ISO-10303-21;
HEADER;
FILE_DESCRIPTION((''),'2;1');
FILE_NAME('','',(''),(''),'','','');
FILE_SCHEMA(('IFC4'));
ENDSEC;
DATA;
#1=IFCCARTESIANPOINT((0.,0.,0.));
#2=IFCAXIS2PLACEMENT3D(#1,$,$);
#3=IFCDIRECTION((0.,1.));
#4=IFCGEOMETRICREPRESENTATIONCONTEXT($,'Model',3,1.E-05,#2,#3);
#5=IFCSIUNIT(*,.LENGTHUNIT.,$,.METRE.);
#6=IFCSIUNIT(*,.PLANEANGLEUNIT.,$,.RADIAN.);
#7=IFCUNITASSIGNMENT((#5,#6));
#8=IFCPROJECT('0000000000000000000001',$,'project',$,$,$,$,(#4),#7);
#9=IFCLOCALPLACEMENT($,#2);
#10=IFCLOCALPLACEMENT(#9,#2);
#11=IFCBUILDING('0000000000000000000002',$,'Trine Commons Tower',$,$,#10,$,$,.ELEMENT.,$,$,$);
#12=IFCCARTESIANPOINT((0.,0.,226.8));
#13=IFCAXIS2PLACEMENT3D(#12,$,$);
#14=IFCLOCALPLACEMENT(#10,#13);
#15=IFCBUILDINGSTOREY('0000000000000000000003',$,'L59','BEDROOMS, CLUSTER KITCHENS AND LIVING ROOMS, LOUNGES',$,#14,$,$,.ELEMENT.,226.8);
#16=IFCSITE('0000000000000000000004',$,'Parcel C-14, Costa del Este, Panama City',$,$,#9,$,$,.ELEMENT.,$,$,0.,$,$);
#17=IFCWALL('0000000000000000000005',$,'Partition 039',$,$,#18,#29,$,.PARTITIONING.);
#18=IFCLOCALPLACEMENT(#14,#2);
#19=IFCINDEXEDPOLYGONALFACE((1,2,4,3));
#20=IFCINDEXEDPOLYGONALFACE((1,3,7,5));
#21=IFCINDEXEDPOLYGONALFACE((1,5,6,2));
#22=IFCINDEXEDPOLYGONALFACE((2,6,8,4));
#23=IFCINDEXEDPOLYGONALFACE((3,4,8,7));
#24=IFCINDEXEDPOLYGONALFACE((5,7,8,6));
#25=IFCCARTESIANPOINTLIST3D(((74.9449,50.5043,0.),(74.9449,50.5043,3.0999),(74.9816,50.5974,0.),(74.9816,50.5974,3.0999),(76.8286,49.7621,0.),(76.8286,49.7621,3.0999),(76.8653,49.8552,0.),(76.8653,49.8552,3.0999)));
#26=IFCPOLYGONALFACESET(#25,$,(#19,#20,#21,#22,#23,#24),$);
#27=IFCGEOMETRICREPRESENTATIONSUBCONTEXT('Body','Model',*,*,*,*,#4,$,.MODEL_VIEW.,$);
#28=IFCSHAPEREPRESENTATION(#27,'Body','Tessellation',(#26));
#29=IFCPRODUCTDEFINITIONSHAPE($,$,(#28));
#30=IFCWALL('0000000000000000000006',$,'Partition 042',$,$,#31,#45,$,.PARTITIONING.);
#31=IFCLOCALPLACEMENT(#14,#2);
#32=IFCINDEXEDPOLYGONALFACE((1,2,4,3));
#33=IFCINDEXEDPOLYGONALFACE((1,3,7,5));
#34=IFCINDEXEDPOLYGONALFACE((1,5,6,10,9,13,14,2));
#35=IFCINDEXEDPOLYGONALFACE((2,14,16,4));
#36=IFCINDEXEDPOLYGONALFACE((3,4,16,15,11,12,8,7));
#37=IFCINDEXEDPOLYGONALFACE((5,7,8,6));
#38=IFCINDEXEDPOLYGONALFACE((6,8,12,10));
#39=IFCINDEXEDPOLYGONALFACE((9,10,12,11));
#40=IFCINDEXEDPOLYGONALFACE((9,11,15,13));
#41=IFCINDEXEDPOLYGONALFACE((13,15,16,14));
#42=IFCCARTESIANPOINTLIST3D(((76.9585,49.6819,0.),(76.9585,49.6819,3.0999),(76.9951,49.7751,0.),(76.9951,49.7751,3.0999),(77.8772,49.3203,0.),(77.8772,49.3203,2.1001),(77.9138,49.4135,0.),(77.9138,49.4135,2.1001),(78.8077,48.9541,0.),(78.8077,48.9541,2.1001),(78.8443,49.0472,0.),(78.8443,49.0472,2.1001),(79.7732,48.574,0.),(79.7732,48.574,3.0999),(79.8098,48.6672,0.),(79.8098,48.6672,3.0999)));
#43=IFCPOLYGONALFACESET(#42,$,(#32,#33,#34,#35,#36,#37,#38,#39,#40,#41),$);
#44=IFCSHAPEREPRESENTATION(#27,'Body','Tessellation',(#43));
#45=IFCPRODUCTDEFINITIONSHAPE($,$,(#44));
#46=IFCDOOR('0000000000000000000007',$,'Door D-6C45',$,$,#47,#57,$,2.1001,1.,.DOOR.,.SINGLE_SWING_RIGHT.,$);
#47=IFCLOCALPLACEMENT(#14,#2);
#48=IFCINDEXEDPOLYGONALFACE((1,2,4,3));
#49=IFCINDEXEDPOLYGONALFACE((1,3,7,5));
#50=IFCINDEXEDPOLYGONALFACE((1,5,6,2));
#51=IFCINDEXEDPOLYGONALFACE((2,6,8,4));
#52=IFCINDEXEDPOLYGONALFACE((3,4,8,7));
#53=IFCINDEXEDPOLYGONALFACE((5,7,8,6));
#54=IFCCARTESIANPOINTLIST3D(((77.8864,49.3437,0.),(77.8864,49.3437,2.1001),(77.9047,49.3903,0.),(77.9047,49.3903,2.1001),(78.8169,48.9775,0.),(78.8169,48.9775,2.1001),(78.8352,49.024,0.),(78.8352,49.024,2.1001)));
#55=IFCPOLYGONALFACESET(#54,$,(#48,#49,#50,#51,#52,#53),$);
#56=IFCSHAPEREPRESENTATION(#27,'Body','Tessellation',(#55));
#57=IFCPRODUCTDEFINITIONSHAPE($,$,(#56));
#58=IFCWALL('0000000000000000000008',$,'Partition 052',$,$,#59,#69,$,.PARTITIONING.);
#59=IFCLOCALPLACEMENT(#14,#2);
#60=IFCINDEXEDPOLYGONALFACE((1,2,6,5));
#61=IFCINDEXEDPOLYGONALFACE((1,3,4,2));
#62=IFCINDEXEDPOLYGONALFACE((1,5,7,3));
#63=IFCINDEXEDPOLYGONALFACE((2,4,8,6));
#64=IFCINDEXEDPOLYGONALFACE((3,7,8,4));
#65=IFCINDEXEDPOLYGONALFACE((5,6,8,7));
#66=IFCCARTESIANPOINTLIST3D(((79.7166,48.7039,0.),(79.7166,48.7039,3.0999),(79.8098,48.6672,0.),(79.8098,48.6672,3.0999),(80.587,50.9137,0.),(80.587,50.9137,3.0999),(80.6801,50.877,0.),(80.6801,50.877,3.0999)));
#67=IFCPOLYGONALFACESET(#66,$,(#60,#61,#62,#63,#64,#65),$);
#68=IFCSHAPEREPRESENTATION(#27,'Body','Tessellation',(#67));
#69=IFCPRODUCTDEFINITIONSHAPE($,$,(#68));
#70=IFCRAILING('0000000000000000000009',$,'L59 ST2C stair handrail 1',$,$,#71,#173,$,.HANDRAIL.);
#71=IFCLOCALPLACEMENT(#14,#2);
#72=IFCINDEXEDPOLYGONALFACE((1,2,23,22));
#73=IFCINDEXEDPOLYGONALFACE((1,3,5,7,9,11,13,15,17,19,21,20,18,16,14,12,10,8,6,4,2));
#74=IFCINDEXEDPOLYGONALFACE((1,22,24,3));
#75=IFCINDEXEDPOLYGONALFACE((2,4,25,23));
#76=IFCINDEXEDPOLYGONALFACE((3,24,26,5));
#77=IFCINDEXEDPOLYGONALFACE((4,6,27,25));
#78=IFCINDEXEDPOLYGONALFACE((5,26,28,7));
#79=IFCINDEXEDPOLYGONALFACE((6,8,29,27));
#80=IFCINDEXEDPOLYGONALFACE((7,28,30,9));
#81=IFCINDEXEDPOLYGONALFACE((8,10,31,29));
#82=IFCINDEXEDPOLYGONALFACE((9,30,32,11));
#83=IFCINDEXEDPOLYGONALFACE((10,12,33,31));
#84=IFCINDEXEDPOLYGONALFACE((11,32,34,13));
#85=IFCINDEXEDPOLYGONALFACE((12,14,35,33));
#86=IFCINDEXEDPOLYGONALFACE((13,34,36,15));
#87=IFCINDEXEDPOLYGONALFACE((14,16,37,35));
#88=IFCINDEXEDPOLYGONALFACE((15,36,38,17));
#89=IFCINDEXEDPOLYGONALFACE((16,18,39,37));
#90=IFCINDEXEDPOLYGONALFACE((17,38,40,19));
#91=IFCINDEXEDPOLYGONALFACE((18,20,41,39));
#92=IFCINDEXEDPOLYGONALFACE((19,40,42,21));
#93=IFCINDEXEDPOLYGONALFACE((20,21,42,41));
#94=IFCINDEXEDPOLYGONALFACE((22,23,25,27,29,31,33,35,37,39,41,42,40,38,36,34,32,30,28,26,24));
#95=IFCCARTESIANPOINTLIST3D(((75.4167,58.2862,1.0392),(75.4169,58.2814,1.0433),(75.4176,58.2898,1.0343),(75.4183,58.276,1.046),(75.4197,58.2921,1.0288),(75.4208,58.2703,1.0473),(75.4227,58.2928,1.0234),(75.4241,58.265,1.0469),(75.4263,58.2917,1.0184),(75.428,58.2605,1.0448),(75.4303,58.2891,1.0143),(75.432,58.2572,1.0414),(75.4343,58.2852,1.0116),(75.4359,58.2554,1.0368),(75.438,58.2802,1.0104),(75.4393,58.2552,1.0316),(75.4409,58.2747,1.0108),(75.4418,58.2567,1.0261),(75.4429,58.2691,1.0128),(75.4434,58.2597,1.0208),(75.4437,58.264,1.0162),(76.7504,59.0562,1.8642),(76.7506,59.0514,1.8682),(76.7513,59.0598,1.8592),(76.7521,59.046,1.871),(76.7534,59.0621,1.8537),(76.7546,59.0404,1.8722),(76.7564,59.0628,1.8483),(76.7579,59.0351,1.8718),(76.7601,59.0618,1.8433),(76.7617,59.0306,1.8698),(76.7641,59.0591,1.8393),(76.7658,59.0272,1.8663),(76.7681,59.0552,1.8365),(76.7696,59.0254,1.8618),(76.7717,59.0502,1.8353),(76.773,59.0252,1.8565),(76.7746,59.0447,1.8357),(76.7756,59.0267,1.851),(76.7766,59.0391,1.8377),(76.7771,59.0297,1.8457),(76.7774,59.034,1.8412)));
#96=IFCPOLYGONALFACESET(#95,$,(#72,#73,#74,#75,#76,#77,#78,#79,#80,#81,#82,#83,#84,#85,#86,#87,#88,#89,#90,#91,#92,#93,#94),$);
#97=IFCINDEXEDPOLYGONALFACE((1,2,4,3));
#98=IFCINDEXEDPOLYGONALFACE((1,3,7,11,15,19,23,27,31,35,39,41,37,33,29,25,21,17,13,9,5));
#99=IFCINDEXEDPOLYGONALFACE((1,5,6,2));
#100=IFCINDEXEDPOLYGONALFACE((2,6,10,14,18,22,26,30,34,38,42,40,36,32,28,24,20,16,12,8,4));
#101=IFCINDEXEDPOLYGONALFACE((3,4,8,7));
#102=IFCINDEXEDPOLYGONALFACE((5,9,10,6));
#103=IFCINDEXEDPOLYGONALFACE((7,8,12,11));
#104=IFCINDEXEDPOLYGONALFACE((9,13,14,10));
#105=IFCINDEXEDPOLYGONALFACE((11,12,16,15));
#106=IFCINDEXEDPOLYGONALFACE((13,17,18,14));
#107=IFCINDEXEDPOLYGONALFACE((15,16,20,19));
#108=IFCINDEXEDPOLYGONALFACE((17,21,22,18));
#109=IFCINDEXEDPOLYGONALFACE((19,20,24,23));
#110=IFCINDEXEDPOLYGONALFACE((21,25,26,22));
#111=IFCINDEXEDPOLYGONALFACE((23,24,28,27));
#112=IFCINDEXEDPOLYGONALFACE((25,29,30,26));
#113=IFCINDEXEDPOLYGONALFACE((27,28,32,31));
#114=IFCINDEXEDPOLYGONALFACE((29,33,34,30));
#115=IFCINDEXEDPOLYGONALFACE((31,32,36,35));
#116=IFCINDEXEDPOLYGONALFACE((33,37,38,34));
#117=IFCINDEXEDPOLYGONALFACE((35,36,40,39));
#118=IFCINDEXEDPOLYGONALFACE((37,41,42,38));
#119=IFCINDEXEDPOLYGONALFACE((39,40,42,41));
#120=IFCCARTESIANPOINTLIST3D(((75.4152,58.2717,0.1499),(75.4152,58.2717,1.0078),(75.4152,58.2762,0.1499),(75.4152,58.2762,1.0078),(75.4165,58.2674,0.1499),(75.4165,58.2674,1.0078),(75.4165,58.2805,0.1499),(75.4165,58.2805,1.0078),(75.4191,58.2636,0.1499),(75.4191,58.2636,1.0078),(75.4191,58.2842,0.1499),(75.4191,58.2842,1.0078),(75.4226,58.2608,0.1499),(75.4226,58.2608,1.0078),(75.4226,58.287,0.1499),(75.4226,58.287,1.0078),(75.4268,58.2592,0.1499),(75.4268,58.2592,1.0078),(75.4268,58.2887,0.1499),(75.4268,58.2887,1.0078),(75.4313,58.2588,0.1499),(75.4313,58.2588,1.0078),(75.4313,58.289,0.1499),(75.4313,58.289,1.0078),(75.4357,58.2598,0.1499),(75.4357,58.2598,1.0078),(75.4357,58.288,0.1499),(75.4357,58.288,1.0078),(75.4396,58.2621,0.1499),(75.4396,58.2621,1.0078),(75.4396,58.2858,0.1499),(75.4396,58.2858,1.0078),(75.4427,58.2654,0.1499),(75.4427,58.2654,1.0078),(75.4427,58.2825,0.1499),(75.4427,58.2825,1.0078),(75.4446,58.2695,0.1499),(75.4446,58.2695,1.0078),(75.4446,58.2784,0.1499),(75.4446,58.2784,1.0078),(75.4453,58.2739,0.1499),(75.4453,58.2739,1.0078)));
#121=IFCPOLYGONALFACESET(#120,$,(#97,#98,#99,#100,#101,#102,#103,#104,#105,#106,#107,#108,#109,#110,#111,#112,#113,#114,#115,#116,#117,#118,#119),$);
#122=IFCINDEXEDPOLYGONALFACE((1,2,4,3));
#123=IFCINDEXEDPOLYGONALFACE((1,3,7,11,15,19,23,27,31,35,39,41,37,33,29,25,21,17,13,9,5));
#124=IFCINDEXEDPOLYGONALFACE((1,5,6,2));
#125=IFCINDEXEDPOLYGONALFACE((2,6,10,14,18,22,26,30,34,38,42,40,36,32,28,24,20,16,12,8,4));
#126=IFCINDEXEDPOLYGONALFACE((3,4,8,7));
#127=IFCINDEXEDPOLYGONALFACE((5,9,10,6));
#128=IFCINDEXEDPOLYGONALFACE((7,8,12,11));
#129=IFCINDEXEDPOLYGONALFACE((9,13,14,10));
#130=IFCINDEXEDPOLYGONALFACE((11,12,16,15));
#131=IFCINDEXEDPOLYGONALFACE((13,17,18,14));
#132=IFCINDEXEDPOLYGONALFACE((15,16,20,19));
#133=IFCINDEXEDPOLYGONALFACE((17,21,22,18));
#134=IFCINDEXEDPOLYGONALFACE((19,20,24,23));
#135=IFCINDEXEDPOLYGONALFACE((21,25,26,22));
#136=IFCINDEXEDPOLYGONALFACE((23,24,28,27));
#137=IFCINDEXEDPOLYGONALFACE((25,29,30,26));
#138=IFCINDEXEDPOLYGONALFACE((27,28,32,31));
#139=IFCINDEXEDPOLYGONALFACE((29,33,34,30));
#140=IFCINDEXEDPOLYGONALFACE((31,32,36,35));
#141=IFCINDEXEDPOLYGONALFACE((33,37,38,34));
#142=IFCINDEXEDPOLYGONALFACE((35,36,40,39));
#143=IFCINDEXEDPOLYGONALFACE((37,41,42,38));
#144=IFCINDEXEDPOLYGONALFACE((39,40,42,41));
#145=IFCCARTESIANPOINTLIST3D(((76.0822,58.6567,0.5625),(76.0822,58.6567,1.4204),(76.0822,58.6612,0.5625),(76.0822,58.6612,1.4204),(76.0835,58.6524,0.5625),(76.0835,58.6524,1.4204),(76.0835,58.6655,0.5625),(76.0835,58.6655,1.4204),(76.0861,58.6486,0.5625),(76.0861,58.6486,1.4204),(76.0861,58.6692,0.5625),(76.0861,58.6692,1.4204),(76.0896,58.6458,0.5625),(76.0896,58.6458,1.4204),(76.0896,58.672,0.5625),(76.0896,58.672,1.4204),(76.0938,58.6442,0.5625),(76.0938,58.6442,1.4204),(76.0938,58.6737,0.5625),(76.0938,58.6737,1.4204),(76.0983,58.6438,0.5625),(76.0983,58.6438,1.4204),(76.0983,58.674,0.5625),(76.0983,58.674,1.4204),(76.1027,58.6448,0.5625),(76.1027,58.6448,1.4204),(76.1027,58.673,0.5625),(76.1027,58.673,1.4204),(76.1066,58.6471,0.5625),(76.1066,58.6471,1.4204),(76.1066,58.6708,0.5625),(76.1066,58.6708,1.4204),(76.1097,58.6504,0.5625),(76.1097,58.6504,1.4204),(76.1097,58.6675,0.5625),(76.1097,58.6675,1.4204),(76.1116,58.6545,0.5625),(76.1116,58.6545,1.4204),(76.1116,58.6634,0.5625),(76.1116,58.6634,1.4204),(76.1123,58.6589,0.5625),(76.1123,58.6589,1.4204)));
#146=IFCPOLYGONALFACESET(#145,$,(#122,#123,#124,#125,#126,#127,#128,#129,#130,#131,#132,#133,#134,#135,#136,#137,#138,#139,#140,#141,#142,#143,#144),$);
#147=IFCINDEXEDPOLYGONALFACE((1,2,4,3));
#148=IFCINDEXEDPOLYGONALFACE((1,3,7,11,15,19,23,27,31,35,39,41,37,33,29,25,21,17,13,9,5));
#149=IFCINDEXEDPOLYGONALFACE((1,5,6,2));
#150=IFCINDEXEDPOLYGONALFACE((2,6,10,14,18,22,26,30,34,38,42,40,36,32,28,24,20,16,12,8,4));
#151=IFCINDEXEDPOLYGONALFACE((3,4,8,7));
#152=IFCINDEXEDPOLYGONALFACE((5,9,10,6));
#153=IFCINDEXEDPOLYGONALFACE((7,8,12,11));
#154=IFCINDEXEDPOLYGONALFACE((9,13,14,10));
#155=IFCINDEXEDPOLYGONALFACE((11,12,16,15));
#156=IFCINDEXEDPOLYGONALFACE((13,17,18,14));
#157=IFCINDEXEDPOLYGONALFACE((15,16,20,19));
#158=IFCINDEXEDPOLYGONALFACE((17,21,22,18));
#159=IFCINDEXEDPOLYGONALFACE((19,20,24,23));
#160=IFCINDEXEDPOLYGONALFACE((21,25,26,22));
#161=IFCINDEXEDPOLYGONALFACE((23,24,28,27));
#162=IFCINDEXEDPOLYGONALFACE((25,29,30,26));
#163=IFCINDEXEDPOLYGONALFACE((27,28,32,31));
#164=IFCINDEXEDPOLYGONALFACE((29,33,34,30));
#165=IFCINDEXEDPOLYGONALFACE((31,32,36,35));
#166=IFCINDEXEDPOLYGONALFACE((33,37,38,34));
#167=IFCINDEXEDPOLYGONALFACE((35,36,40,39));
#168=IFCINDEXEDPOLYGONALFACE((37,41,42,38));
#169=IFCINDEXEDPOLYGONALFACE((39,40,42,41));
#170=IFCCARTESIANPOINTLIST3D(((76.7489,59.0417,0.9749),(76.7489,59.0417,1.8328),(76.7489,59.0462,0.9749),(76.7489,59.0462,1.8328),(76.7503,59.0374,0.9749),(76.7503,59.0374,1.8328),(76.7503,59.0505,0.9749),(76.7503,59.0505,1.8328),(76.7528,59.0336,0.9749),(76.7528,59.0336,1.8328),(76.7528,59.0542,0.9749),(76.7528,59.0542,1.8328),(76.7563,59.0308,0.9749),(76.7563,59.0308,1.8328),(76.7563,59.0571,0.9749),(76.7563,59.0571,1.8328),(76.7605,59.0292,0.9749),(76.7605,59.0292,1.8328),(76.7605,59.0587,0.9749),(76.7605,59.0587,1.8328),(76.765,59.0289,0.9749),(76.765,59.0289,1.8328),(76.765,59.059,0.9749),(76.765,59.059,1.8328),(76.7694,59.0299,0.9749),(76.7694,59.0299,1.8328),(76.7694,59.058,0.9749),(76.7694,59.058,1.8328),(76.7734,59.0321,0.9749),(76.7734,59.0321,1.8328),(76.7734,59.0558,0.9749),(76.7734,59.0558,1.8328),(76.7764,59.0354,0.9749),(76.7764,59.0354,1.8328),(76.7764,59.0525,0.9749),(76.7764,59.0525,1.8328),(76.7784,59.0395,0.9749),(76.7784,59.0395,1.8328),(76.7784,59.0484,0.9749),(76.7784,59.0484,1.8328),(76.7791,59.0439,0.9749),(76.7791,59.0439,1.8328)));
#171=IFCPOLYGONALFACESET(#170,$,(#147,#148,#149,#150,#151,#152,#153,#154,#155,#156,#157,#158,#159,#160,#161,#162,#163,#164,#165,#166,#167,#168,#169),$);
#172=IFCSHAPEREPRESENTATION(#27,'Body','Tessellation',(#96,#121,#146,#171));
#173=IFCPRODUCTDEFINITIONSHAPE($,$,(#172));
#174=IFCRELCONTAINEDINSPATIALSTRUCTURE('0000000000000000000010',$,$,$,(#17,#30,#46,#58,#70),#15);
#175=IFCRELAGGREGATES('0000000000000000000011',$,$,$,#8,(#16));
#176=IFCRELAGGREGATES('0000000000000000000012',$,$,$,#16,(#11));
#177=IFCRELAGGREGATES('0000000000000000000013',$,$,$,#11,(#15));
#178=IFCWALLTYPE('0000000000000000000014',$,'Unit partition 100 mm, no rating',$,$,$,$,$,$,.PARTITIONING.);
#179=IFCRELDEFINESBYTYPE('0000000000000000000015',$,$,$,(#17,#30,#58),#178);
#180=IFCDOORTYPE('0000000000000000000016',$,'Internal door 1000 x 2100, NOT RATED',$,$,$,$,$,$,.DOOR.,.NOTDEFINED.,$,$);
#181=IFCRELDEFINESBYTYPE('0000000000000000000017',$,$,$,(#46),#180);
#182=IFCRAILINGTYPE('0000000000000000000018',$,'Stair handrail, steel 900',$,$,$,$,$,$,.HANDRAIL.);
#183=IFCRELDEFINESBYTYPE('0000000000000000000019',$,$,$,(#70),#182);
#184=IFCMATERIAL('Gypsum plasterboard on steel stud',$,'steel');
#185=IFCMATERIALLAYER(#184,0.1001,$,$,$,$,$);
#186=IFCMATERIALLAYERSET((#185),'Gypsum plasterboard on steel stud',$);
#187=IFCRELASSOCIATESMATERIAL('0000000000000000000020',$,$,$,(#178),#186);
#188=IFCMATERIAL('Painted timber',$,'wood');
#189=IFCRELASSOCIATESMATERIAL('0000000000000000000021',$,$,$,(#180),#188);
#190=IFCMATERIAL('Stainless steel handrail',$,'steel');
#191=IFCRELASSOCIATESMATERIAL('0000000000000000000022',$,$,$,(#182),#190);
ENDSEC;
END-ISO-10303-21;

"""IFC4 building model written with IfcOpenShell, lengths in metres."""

from ifc_helpers import new_model, si_unit, direction, frame, frame_2d, origin, origin_2d, place, context, subcontext, project, spatial, rectangle, circle, extrude, material, layer, layer_set, type_object, element, fill, save


model = new_model("IFC4")

# Units and contexts
model_context = context("Model", 3, precision=1e-05, world=origin(), true_north=direction((0.0, 1.0)))
body_context = subcontext(model_context, "Body", "Model", "MODEL_VIEW")
ifc_project = project(units=[si_unit("LENGTHUNIT", "METRE"), si_unit("PLANEANGLEUNIT", "RADIAN")], contexts=[model_context])

# Site, building, storey
site_placement = place(None, origin())
site = spatial("IfcSite", under=ifc_project, at=site_placement, Name="Parcel C-14, Costa del Este, Panama City", CompositionType="ELEMENT", RefElevation=0.0)
building_placement = place(site_placement, origin())
building = spatial("IfcBuilding", under=site, at=building_placement, Name="Trine Commons Tower", CompositionType="ELEMENT")
storey_placement = place(building_placement, frame((0.0, 0.0, 226.8)))
storey = spatial("IfcBuildingStorey", under=building, at=storey_placement, Name="L59", Description="BEDROOMS, CLUSTER KITCHENS AND LIVING ROOMS, LOUNGES", CompositionType="ELEMENT", Elevation=226.8)

# Shared definitions
ifc_material_1 = material(Name="Gypsum plasterboard on steel stud", Category="steel")

# Shared definitions
ifc_layer_1 = layer(ifc_material_1, 0.1001)
ifc_layer_set_1 = layer_set([ifc_layer_1], Name="Gypsum plasterboard on steel stud")
wall_type_1 = type_object("IfcWallType", Name="Unit partition 100 mm, no rating", PredefinedType="PARTITIONING", material=ifc_layer_set_1)

# Shared definitions
ifc_material_2 = material(Name="Painted timber", Category="wood")

# Wall
wall_1_placement = place(storey_placement, frame((74.9634, 50.5508, 0.0), z_axis=(0.0, 0.0, 1.0), x_axis=(0.930393, -0.366562, 0.0)))
element("IfcWall", 1, at=wall_1_placement, inside=storey, type_object=wall_type_1, Name="Partition 039", PredefinedType="PARTITIONING", context=body_context, shape_type="SweptSolid", body=[
    extrude(rectangle(XDim=2.0247, YDim=0.1001, at=frame_2d((1.0122, 0.0))), origin(), (0.0, 0.0, 1.0), 3.0999),
])

# Wall, opening, door
wall_2_placement = place(storey_placement, frame((76.9768, 49.7285, 0.0), z_axis=(0.0, 0.0, 1.0), x_axis=(0.930511, -0.366264, 0.0)))
wall_2 = element("IfcWall", 2, at=wall_2_placement, inside=storey, type_object=wall_type_1, Name="Partition 042", PredefinedType="PARTITIONING", context=body_context, shape_type="SweptSolid", body=[
    extrude(rectangle(XDim=3.0249, YDim=0.1001, at=frame_2d((1.5125, 0.0))), origin(), (0.0, 0.0, 1.0), 3.0999),
])
opening_1_placement = place(wall_2_placement, frame((0.9873, 0.0, 0.0)))
opening_1 = element("IfcOpeningElement", 3, at=opening_1_placement, cuts=wall_2, PredefinedType="OPENING", context=body_context, shape_type="SweptSolid", body=[
    extrude(rectangle(XDim=1.0, YDim=2.1001, at=frame_2d((0.5, 1.05))), frame((0.0, 0.0601, 0.0), z_axis=(0.0, -1.0, 0.0), x_axis=(1.0, 0.0, 0.0)), (0.0, 0.0, 1.0), 0.1201),
])
door_type_1 = type_object("IfcDoorType", Name="Internal door 1000 x 2100, NOT RATED", OperationType="NOTDEFINED", PredefinedType="DOOR", material=ifc_material_2)
door_1_placement = place(opening_1_placement, frame((1.0, 0.0, 0.0), z_axis=(0.0, 0.0, 1.0), x_axis=(-1.0, 0.0, 0.0)))
door_1 = element("IfcDoor", 4, at=door_1_placement, inside=storey, type_object=door_type_1, Name="Door D-6C45", OperationType="SINGLE_SWING_RIGHT", OverallHeight=2.1001, OverallWidth=1.0, PredefinedType="DOOR", context=body_context, shape_type="SweptSolid", body=[
    extrude(rectangle(XDim=1.0, YDim=2.1001, at=frame_2d((0.5, 1.05))), frame((0.0, 0.0249, 0.0), z_axis=(0.0, -1.0, 0.0), x_axis=(1.0, 0.0, 0.0)), (0.0, 0.0, 1.0), 0.05),
])
fill(opening_1, door_1)

# Wall
wall_3_placement = place(storey_placement, frame((79.7632, 48.6855, 0.0), z_axis=(0.0, 0.0, 1.0), x_axis=(0.366476, 0.930428, 0.0)))
element("IfcWall", 5, at=wall_3_placement, inside=storey, type_object=wall_type_1, Name="Partition 052", PredefinedType="PARTITIONING", context=body_context, shape_type="SweptSolid", body=[
    extrude(rectangle(XDim=2.375, YDim=0.1001, at=frame_2d((1.1875, 0.0))), origin(), (0.0, 0.0, 1.0), 3.0999),
])

# Railing
ifc_material_3 = material(Name="Stainless steel handrail", Category="steel")
railing_type = type_object("IfcRailingType", Name="Stair handrail, steel 900", PredefinedType="HANDRAIL", material=ifc_material_3)
railing_placement = place(storey_placement, frame((75.4302, 58.2739, 0.1499)))
element("IfcRailing", 6, at=railing_placement, inside=storey, type_object=railing_type, Name="L59 ST2C stair handrail 1", PredefinedType="HANDRAIL", context=body_context, shape_type="SweptSolid", body=[
    extrude(circle(Radius=0.021, at=origin_2d()), frame((0.0, 0.0, 0.8789), z_axis=(0.763405, 0.440743, 0.472185), x_axis=(-0.499992, 0.86603, 0.0)), (0.0, 0.0, 1.0), 1.7471),
    extrude(circle(Radius=0.0151, at=origin_2d()), origin(), (0.0, 0.0, 1.0), 0.8579),
    extrude(circle(Radius=0.0151, at=origin_2d()), frame((0.667, 0.385, 0.4126)), (0.0, 0.0, 1.0), 0.8579),
    extrude(circle(Radius=0.0151, at=origin_2d()), frame((1.3337, 0.77, 0.825)), (0.0, 0.0, 1.0), 0.8579),
])

save(model, "model.ifc")
